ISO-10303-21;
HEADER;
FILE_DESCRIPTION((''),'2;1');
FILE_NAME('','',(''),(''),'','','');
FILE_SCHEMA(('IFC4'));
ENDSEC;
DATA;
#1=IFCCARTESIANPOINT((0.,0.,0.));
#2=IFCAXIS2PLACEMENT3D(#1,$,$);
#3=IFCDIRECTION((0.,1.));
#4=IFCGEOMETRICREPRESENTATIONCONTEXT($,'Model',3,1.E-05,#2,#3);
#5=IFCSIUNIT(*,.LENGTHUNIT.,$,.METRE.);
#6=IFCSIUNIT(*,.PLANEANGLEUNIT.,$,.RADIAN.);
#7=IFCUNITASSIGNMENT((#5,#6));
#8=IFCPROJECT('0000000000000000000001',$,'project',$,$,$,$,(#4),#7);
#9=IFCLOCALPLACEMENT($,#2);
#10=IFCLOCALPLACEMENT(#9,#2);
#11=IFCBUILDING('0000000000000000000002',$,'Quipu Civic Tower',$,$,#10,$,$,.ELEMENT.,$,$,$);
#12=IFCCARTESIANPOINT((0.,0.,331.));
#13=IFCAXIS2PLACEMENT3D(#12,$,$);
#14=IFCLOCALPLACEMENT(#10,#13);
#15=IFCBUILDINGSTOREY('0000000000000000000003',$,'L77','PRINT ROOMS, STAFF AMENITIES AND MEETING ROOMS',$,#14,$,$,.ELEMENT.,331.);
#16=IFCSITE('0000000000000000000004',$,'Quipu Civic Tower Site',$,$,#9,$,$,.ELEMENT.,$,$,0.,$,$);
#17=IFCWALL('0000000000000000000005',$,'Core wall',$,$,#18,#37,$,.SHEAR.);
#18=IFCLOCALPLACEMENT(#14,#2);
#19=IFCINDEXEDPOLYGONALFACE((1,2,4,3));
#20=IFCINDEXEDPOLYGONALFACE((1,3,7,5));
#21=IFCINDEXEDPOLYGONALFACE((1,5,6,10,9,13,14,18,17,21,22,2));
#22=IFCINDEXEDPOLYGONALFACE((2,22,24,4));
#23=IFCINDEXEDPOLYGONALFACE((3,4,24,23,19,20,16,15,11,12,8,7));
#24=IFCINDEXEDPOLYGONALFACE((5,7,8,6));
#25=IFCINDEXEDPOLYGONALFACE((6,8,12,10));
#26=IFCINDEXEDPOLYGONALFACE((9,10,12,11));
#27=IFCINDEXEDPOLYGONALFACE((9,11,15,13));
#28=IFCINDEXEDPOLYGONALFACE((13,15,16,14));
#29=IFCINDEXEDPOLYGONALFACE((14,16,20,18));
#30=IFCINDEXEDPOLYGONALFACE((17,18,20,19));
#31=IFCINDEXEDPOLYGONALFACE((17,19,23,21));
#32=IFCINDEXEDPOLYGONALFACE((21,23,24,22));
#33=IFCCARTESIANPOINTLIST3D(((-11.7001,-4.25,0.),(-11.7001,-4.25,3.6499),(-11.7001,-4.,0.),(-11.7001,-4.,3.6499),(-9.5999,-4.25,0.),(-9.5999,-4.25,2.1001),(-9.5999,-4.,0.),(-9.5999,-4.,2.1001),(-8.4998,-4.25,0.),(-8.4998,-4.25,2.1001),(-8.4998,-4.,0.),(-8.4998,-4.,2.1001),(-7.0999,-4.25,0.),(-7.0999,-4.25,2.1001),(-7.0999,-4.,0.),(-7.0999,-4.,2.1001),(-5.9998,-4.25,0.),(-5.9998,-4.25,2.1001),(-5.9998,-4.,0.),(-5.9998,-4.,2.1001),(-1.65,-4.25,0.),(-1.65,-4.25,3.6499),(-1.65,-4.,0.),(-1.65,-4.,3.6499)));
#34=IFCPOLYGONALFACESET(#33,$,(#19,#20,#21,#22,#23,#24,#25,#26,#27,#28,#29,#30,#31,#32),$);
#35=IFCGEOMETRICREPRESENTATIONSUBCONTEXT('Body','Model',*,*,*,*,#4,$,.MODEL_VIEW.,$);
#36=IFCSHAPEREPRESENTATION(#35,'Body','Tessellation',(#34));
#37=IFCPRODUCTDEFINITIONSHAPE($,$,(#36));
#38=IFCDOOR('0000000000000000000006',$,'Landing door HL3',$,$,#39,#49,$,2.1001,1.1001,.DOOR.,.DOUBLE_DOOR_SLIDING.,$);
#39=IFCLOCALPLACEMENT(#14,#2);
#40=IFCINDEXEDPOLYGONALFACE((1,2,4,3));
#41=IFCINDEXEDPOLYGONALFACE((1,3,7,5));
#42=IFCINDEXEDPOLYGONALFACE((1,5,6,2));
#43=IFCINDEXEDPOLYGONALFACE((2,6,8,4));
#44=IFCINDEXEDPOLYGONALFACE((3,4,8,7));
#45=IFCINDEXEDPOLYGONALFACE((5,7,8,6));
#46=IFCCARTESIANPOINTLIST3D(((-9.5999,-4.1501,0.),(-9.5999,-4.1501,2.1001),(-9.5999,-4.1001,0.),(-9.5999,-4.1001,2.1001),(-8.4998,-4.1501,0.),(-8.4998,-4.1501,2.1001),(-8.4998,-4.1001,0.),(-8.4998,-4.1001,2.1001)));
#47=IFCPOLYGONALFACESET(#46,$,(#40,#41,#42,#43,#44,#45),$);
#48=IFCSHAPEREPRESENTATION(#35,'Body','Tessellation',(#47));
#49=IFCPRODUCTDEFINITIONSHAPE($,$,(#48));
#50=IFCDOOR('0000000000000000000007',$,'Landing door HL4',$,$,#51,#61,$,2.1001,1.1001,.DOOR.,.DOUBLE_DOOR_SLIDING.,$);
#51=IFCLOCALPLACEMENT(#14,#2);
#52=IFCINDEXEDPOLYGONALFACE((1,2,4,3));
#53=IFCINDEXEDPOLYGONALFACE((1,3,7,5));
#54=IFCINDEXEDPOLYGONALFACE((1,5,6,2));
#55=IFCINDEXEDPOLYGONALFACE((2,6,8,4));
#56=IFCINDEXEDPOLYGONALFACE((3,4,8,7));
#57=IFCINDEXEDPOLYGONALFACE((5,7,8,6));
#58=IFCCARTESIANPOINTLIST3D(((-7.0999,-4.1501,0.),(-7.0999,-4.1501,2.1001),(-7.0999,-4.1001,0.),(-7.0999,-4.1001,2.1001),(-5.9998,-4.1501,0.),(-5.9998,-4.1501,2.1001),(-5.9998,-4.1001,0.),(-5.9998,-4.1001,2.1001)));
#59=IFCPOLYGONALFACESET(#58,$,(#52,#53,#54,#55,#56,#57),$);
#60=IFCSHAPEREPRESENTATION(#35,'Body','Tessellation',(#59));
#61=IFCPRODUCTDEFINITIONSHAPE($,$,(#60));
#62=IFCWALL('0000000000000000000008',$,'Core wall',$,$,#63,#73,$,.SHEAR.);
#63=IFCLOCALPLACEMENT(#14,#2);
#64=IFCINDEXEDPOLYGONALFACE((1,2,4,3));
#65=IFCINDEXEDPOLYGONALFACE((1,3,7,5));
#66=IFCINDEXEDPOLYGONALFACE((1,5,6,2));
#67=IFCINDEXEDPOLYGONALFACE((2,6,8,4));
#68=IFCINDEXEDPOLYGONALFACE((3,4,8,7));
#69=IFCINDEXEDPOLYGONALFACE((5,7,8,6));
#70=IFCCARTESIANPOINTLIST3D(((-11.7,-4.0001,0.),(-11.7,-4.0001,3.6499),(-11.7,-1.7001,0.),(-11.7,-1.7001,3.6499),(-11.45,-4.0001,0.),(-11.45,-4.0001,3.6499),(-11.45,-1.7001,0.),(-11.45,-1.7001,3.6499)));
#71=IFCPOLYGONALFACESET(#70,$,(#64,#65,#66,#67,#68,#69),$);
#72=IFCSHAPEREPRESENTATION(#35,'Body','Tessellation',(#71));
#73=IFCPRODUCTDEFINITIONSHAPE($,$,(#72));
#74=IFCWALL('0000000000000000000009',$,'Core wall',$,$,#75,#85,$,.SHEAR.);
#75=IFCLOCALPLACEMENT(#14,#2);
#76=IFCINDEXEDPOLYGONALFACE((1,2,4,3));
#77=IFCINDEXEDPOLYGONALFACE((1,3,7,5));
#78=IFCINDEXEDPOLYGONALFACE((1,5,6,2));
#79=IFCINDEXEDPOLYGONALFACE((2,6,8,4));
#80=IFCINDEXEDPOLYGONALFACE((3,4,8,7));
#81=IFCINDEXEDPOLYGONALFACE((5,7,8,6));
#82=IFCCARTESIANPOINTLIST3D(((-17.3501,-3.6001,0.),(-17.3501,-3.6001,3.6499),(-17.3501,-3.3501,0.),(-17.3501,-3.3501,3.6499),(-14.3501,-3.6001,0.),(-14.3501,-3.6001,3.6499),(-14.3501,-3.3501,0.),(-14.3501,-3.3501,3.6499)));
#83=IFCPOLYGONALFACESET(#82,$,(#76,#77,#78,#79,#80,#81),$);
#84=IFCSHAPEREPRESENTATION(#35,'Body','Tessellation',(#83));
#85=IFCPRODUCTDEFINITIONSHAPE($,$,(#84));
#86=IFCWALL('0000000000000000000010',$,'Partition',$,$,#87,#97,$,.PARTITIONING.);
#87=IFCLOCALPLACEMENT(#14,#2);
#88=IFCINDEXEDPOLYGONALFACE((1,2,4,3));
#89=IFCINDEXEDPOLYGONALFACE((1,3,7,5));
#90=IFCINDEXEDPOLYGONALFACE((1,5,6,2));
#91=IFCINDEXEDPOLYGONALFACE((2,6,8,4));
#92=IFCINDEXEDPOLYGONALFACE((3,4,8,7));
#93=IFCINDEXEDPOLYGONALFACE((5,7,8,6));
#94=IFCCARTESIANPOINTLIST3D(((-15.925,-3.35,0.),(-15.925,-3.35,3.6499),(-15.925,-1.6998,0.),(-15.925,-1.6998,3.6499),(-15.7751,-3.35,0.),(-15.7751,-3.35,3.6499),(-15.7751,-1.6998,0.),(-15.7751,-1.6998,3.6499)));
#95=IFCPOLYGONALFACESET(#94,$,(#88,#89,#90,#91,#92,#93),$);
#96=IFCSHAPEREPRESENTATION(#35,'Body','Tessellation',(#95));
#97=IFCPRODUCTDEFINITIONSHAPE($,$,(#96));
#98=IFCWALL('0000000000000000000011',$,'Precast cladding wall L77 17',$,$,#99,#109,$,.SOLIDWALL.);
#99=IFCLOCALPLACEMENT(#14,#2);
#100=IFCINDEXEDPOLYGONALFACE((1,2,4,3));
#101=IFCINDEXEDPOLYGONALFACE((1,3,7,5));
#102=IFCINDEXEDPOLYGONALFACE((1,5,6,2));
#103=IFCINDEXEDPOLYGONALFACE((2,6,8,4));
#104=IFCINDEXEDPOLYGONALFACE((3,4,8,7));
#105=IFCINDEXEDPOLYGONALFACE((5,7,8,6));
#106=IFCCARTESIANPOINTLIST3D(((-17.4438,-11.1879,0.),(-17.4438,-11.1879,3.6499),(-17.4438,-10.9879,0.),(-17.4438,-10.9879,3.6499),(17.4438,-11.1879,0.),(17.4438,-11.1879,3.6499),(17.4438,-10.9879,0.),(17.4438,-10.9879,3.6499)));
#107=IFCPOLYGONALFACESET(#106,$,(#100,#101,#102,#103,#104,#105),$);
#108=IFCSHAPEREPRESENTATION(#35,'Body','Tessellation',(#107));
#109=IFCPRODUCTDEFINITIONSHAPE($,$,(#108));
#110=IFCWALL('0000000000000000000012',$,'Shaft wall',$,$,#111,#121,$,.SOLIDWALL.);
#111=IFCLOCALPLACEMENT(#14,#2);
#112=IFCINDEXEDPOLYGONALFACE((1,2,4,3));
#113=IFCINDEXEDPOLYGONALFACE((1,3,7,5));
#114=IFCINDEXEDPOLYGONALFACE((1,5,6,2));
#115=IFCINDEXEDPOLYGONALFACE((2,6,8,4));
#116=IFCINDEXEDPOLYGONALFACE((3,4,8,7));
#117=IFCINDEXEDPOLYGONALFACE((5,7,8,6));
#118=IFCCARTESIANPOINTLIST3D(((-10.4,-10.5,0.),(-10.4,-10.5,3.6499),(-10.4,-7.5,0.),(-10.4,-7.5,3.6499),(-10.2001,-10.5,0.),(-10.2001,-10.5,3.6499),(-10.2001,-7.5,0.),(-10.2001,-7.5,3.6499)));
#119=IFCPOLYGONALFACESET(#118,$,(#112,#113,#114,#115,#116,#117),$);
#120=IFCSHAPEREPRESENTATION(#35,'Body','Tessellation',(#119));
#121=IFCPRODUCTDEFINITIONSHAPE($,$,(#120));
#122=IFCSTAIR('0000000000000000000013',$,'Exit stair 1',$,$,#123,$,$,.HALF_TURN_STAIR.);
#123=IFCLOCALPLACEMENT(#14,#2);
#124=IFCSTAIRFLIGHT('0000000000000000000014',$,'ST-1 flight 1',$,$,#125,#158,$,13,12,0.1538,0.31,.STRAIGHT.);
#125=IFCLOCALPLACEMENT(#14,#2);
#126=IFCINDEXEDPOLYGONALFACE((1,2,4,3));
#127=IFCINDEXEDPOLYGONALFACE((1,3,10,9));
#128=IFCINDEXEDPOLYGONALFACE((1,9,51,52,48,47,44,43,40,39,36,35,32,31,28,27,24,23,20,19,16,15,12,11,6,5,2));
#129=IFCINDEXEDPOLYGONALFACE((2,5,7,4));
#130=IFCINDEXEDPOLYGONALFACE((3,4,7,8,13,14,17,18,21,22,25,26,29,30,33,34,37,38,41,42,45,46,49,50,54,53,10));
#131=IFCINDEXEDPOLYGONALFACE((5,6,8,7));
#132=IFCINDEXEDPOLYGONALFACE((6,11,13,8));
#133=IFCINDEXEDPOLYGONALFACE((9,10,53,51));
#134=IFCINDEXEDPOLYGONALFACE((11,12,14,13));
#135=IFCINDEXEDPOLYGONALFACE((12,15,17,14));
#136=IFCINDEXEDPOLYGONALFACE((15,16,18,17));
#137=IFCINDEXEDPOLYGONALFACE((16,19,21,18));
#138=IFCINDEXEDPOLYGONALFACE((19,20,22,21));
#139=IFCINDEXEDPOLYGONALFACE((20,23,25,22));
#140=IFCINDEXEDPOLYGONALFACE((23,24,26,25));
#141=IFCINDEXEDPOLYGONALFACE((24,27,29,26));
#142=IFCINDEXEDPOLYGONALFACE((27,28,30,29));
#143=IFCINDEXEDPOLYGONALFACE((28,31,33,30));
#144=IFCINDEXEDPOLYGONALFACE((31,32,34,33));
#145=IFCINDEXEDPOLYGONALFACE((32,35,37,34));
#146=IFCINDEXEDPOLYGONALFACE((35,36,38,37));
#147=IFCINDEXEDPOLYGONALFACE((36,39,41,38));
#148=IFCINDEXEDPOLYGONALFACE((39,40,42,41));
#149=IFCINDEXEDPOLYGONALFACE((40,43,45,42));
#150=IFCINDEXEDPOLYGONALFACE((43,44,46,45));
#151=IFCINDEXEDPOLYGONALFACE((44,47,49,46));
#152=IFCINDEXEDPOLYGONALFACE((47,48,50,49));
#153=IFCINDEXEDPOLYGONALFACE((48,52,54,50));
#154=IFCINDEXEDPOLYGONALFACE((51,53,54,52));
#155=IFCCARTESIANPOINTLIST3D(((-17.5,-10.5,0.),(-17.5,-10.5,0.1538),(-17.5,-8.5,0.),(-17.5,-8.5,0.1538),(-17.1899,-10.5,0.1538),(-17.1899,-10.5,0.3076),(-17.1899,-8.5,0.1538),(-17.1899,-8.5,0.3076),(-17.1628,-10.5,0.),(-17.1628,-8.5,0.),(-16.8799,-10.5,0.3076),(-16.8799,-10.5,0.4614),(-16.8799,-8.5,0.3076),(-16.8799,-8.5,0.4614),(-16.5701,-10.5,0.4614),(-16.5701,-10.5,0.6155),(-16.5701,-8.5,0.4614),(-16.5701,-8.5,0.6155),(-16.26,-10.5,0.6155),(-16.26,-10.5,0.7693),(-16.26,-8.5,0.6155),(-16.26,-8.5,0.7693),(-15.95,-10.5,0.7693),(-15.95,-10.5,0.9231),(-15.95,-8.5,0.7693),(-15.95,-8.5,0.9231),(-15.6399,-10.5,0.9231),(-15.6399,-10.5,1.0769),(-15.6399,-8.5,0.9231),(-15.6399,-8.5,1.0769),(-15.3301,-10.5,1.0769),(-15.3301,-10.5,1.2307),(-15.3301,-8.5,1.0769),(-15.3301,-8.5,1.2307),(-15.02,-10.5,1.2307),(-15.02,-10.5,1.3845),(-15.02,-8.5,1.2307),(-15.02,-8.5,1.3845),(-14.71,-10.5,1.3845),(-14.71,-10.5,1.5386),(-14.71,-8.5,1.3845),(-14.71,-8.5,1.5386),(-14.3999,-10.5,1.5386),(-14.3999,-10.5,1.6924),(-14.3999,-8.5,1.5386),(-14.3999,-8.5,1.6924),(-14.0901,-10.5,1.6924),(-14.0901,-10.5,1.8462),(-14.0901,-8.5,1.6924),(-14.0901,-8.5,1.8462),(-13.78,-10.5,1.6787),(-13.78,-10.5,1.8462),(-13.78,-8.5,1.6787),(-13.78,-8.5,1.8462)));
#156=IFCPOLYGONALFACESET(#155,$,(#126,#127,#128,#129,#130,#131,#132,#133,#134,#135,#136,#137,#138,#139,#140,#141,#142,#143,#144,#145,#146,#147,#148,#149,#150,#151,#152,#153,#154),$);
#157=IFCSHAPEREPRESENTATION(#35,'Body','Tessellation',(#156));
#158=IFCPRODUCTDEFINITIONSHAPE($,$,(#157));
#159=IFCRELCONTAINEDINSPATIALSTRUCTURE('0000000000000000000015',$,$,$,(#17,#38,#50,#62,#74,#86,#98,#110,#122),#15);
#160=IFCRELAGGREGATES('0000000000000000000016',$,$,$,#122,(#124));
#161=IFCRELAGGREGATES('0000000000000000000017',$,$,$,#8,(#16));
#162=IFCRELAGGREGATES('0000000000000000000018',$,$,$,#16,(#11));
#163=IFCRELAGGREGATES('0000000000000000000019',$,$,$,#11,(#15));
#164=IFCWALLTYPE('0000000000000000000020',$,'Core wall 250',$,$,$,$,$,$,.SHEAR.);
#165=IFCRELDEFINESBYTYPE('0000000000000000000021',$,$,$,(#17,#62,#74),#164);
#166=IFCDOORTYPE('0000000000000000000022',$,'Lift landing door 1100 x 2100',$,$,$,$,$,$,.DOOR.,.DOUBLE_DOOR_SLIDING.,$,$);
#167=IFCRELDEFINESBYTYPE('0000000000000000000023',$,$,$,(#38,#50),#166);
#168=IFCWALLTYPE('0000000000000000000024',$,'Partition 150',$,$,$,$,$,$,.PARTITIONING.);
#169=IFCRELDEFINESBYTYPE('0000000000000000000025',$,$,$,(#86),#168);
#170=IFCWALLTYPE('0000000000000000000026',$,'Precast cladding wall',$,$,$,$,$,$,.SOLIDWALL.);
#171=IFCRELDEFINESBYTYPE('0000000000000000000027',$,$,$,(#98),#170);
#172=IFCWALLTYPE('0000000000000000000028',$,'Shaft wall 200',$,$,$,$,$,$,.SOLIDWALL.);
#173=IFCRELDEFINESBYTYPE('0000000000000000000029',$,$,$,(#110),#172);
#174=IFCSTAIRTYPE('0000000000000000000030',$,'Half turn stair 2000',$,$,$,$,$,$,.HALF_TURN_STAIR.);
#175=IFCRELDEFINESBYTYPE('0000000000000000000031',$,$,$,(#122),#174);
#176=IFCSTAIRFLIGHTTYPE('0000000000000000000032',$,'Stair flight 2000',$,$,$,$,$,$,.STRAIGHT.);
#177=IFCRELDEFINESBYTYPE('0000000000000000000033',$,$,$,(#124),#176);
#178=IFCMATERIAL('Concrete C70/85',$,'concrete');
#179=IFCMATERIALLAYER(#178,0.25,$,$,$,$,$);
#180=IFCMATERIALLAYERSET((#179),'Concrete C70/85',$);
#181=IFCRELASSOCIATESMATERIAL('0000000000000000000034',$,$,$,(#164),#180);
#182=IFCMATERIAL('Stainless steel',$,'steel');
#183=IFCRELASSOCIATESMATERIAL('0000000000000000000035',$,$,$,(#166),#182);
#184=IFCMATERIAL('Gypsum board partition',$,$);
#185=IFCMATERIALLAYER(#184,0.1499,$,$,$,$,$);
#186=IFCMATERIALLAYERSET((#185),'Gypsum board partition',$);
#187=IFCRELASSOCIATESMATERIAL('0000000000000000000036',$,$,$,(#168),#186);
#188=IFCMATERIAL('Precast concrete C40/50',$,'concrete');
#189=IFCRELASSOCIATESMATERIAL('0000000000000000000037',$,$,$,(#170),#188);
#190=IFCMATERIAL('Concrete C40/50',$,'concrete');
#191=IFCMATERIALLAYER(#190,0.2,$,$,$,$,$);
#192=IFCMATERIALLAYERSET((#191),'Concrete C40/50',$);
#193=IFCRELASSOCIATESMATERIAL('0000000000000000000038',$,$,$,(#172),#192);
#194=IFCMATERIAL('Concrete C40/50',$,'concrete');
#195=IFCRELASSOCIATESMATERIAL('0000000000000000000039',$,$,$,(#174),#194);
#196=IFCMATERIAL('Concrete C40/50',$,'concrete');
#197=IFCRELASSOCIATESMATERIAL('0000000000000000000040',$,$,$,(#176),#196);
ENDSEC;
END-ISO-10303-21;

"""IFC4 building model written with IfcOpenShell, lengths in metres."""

from ifc_helpers import new_model, si_unit, direction, frame, frame_2d, origin, place, context, subcontext, project, spatial, polyline, rectangle, outline, extrude, material, layer, layer_set, type_object, element, fill, aggregate, save


model = new_model("IFC4")

# Units and contexts
model_context = context("Model", 3, precision=1e-05, world=origin(), true_north=direction((0.0, 1.0)))
body_context = subcontext(model_context, "Body", "Model", "MODEL_VIEW")
ifc_project = project(units=[si_unit("LENGTHUNIT", "METRE"), si_unit("PLANEANGLEUNIT", "RADIAN")], contexts=[model_context])

# Site, building, storey
site_placement = place(None, origin())
site = spatial("IfcSite", under=ifc_project, at=site_placement, Name="Quipu Civic Tower Site", CompositionType="ELEMENT", RefElevation=0.0)
building_placement = place(site_placement, origin())
building = spatial("IfcBuilding", under=site, at=building_placement, Name="Quipu Civic Tower", CompositionType="ELEMENT")
storey_placement = place(building_placement, frame((0.0, 0.0, 331.0)))
storey = spatial("IfcBuildingStorey", under=building, at=storey_placement, Name="L77", Description="PRINT ROOMS, STAFF AMENITIES AND MEETING ROOMS", CompositionType="ELEMENT", Elevation=331.0)

# Shared definitions
ifc_material_1 = material(Name="Concrete C70/85", Category="concrete")
ifc_layer_1 = layer(ifc_material_1, 0.25)
ifc_layer_set_1 = layer_set([ifc_layer_1], Name="Concrete C70/85")
wall_type_1 = type_object("IfcWallType", Name="Core wall 250", PredefinedType="SHEAR", material=ifc_layer_set_1)

# Wall, openings, doors
wall_1_placement = place(storey_placement, frame((-11.7, -4.125, 0.0), z_axis=(0.0, 0.0, 1.0), x_axis=(1.0, 0.0, 0.0)))
wall_1 = element("IfcWall", 1, at=wall_1_placement, inside=storey, type_object=wall_type_1, Name="Core wall", PredefinedType="SHEAR", context=body_context, shape_type="SweptSolid", body=[
    extrude(rectangle(XDim=10.05, YDim=0.25, at=frame_2d((5.0249, 0.0))), origin(), (0.0, 0.0, 1.0), 3.6499),
])
opening_1_placement = place(wall_1_placement, frame((2.1001, 0.0, 0.0)))
opening_1 = element("IfcOpeningElement", 2, at=opening_1_placement, cuts=wall_1, PredefinedType="OPENING", context=body_context, shape_type="SweptSolid", body=[
    extrude(rectangle(XDim=1.1001, YDim=2.1001, at=frame_2d((0.55, 1.05))), frame((0.0, 0.135, 0.0), z_axis=(0.0, -1.0, 0.0), x_axis=(1.0, 0.0, 0.0)), (0.0, 0.0, 1.0), 0.27),
])
opening_2_placement = place(wall_1_placement, frame((4.6001, 0.0, 0.0)))
opening_2 = element("IfcOpeningElement", 3, at=opening_2_placement, cuts=wall_1, PredefinedType="OPENING", context=body_context, shape_type="SweptSolid", body=[
    extrude(rectangle(XDim=1.1001, YDim=2.1001, at=frame_2d((0.55, 1.05))), frame((0.0, 0.135, 0.0), z_axis=(0.0, -1.0, 0.0), x_axis=(1.0, 0.0, 0.0)), (0.0, 0.0, 1.0), 0.27),
])
ifc_material_2 = material(Name="Stainless steel", Category="steel")
door_type_1 = type_object("IfcDoorType", Name="Lift landing door 1100 x 2100", OperationType="DOUBLE_DOOR_SLIDING", PredefinedType="DOOR", material=ifc_material_2)
door_1_placement = place(opening_1_placement, origin())
door_1 = element("IfcDoor", 4, at=door_1_placement, inside=storey, type_object=door_type_1, Name="Landing door HL3", OperationType="DOUBLE_DOOR_SLIDING", OverallHeight=2.1001, OverallWidth=1.1001, PredefinedType="DOOR", context=body_context, shape_type="SweptSolid", body=[
    extrude(rectangle(XDim=1.1001, YDim=2.1001, at=frame_2d((0.55, 1.05))), frame((0.0, 0.0249, 0.0), z_axis=(0.0, -1.0, 0.0), x_axis=(1.0, 0.0, 0.0)), (0.0, 0.0, 1.0), 0.05),
])
fill(opening_1, door_1)
door_2_placement = place(opening_2_placement, origin())
door_2 = element("IfcDoor", 5, at=door_2_placement, inside=storey, type_object=door_type_1, Name="Landing door HL4", OperationType="DOUBLE_DOOR_SLIDING", OverallHeight=2.1001, OverallWidth=1.1001, PredefinedType="DOOR", context=body_context, shape_type="SweptSolid", body=[
    extrude(rectangle(XDim=1.1001, YDim=2.1001, at=frame_2d((0.55, 1.05))), frame((0.0, 0.0249, 0.0), z_axis=(0.0, -1.0, 0.0), x_axis=(1.0, 0.0, 0.0)), (0.0, 0.0, 1.0), 0.05),
])
fill(opening_2, door_2)

# Walls
wall_2_placement = place(storey_placement, frame((-11.575, -4.0, 0.0), z_axis=(0.0, 0.0, 1.0), x_axis=(0.0, 1.0, 0.0)))
element("IfcWall", 6, at=wall_2_placement, inside=storey, type_object=wall_type_1, Name="Core wall", PredefinedType="SHEAR", context=body_context, shape_type="SweptSolid", body=[
    extrude(rectangle(XDim=2.3, YDim=0.25, at=frame_2d((1.1499, 0.0))), origin(), (0.0, 0.0, 1.0), 3.6499),
])
wall_3_placement = place(storey_placement, frame((-17.3501, -3.4751, 0.0), z_axis=(0.0, 0.0, 1.0), x_axis=(1.0, 0.0, 0.0)))
element("IfcWall", 7, at=wall_3_placement, inside=storey, type_object=wall_type_1, Name="Core wall", PredefinedType="SHEAR", context=body_context, shape_type="SweptSolid", body=[
    extrude(rectangle(XDim=3.0, YDim=0.25, at=frame_2d((1.5, 0.0))), origin(), (0.0, 0.0, 1.0), 3.6499),
])
ifc_material_3 = material(Name="Gypsum board partition")
ifc_layer_2 = layer(ifc_material_3, 0.1499)
ifc_layer_set_2 = layer_set([ifc_layer_2], Name="Gypsum board partition")
wall_type_2 = type_object("IfcWallType", Name="Partition 150", PredefinedType="PARTITIONING", material=ifc_layer_set_2)
wall_4_placement = place(storey_placement, frame((-15.8501, -3.3501, 0.0), z_axis=(0.0, 0.0, 1.0), x_axis=(0.0, 1.0, 0.0)))
element("IfcWall", 8, at=wall_4_placement, inside=storey, type_object=wall_type_2, Name="Partition", PredefinedType="PARTITIONING", context=body_context, shape_type="SweptSolid", body=[
    extrude(rectangle(XDim=1.6501, YDim=0.1499, at=frame_2d((0.8252, 0.0))), origin(), (0.0, 0.0, 1.0), 3.6499),
])
ifc_material_4 = material(Name="Precast concrete C40/50", Category="concrete")
wall_type_3 = type_object("IfcWallType", Name="Precast cladding wall", PredefinedType="SOLIDWALL", material=ifc_material_4)
wall_5_placement = place(storey_placement, frame((-17.4438, -11.0879, 0.0), z_axis=(0.0, 0.0, 1.0), x_axis=(1.0, 0.0, 0.0)))
element("IfcWall", 9, at=wall_5_placement, inside=storey, type_object=wall_type_3, Name="Precast cladding wall L77 17", PredefinedType="SOLIDWALL", context=body_context, shape_type="SweptSolid", body=[
    extrude(rectangle(XDim=34.8877, YDim=0.2, at=frame_2d((17.4438, 0.0))), origin(), (0.0, 0.0, 1.0), 3.6499),
])
ifc_material_5 = material(Name="Concrete C40/50", Category="concrete")
ifc_layer_3 = layer(ifc_material_5, 0.2)
ifc_layer_set_3 = layer_set([ifc_layer_3], Name="Concrete C40/50")
wall_type_4 = type_object("IfcWallType", Name="Shaft wall 200", PredefinedType="SOLIDWALL", material=ifc_layer_set_3)
wall_6_placement = place(storey_placement, frame((-10.3, -10.5, 0.0), z_axis=(0.0, 0.0, 1.0), x_axis=(0.0, 1.0, 0.0)))
element("IfcWall", 10, at=wall_6_placement, inside=storey, type_object=wall_type_4, Name="Shaft wall", PredefinedType="SOLIDWALL", context=body_context, shape_type="SweptSolid", body=[
    extrude(rectangle(XDim=3.0, YDim=0.2, at=frame_2d((1.5, 0.0))), origin(), (0.0, 0.0, 1.0), 3.6499),
])

# Stair, stair flight
ifc_material_6 = material(Name="Concrete C40/50", Category="concrete")
stair_type = type_object("IfcStairType", Name="Half turn stair 2000", PredefinedType="HALF_TURN_STAIR", material=ifc_material_6)
stair_placement = place(storey_placement, origin())
stair = element("IfcStair", 11, at=stair_placement, inside=storey, type_object=stair_type, Name="Exit stair 1", PredefinedType="HALF_TURN_STAIR")
ifc_material_7 = material(Name="Concrete C40/50", Category="concrete")
stair_flight_type = type_object("IfcStairFlightType", Name="Stair flight 2000", PredefinedType="STRAIGHT", material=ifc_material_7)
stair_flight_1_placement = place(storey_placement, frame((-17.5, -9.5, 0.0), z_axis=(0.0, 0.0, 1.0), x_axis=(1.0, 0.0, 0.0)))
stair_flight_1 = element("IfcStairFlight", 12, at=stair_flight_1_placement, type_object=stair_flight_type, Name="ST-1 flight 1", NumberOfRisers=13, NumberOfTreads=12, PredefinedType="STRAIGHT", RiserHeight=0.1538, TreadLength=0.31, context=body_context, shape_type="SweptSolid", body=[
    extrude(outline(polyline([(0.0, 0.0), (0.0, 0.1538), (0.3101, 0.1538), (0.3101, 0.3076), (0.6201, 0.3076), (0.6201, 0.4614), (0.9299, 0.4614), (0.9299, 0.6155), (1.24, 0.6155), (1.24, 0.7693), (1.55, 0.7693), (1.55, 0.9231), (1.8601, 0.9231), (1.8601, 1.0769), (2.1699, 1.0769), (2.1699, 1.2307), (2.48, 1.2307), (2.48, 1.3845), (2.79, 1.3845), (2.79, 1.5386), (3.1001, 1.5386), (3.1001, 1.6924), (3.4099, 1.6924), (3.4099, 1.8462), (3.72, 1.8462), (3.72, 2.0), (3.72, 1.6787), (0.3372, 0.0), (0.0, 0.0)])), frame((0.0, 1.0, 0.0), z_axis=(0.0, -1.0, 0.0), x_axis=(1.0, 0.0, 0.0)), (0.0, 0.0, 1.0), 2.0),
])
aggregate(stair, [stair_flight_1])

save(model, "model.ifc")
